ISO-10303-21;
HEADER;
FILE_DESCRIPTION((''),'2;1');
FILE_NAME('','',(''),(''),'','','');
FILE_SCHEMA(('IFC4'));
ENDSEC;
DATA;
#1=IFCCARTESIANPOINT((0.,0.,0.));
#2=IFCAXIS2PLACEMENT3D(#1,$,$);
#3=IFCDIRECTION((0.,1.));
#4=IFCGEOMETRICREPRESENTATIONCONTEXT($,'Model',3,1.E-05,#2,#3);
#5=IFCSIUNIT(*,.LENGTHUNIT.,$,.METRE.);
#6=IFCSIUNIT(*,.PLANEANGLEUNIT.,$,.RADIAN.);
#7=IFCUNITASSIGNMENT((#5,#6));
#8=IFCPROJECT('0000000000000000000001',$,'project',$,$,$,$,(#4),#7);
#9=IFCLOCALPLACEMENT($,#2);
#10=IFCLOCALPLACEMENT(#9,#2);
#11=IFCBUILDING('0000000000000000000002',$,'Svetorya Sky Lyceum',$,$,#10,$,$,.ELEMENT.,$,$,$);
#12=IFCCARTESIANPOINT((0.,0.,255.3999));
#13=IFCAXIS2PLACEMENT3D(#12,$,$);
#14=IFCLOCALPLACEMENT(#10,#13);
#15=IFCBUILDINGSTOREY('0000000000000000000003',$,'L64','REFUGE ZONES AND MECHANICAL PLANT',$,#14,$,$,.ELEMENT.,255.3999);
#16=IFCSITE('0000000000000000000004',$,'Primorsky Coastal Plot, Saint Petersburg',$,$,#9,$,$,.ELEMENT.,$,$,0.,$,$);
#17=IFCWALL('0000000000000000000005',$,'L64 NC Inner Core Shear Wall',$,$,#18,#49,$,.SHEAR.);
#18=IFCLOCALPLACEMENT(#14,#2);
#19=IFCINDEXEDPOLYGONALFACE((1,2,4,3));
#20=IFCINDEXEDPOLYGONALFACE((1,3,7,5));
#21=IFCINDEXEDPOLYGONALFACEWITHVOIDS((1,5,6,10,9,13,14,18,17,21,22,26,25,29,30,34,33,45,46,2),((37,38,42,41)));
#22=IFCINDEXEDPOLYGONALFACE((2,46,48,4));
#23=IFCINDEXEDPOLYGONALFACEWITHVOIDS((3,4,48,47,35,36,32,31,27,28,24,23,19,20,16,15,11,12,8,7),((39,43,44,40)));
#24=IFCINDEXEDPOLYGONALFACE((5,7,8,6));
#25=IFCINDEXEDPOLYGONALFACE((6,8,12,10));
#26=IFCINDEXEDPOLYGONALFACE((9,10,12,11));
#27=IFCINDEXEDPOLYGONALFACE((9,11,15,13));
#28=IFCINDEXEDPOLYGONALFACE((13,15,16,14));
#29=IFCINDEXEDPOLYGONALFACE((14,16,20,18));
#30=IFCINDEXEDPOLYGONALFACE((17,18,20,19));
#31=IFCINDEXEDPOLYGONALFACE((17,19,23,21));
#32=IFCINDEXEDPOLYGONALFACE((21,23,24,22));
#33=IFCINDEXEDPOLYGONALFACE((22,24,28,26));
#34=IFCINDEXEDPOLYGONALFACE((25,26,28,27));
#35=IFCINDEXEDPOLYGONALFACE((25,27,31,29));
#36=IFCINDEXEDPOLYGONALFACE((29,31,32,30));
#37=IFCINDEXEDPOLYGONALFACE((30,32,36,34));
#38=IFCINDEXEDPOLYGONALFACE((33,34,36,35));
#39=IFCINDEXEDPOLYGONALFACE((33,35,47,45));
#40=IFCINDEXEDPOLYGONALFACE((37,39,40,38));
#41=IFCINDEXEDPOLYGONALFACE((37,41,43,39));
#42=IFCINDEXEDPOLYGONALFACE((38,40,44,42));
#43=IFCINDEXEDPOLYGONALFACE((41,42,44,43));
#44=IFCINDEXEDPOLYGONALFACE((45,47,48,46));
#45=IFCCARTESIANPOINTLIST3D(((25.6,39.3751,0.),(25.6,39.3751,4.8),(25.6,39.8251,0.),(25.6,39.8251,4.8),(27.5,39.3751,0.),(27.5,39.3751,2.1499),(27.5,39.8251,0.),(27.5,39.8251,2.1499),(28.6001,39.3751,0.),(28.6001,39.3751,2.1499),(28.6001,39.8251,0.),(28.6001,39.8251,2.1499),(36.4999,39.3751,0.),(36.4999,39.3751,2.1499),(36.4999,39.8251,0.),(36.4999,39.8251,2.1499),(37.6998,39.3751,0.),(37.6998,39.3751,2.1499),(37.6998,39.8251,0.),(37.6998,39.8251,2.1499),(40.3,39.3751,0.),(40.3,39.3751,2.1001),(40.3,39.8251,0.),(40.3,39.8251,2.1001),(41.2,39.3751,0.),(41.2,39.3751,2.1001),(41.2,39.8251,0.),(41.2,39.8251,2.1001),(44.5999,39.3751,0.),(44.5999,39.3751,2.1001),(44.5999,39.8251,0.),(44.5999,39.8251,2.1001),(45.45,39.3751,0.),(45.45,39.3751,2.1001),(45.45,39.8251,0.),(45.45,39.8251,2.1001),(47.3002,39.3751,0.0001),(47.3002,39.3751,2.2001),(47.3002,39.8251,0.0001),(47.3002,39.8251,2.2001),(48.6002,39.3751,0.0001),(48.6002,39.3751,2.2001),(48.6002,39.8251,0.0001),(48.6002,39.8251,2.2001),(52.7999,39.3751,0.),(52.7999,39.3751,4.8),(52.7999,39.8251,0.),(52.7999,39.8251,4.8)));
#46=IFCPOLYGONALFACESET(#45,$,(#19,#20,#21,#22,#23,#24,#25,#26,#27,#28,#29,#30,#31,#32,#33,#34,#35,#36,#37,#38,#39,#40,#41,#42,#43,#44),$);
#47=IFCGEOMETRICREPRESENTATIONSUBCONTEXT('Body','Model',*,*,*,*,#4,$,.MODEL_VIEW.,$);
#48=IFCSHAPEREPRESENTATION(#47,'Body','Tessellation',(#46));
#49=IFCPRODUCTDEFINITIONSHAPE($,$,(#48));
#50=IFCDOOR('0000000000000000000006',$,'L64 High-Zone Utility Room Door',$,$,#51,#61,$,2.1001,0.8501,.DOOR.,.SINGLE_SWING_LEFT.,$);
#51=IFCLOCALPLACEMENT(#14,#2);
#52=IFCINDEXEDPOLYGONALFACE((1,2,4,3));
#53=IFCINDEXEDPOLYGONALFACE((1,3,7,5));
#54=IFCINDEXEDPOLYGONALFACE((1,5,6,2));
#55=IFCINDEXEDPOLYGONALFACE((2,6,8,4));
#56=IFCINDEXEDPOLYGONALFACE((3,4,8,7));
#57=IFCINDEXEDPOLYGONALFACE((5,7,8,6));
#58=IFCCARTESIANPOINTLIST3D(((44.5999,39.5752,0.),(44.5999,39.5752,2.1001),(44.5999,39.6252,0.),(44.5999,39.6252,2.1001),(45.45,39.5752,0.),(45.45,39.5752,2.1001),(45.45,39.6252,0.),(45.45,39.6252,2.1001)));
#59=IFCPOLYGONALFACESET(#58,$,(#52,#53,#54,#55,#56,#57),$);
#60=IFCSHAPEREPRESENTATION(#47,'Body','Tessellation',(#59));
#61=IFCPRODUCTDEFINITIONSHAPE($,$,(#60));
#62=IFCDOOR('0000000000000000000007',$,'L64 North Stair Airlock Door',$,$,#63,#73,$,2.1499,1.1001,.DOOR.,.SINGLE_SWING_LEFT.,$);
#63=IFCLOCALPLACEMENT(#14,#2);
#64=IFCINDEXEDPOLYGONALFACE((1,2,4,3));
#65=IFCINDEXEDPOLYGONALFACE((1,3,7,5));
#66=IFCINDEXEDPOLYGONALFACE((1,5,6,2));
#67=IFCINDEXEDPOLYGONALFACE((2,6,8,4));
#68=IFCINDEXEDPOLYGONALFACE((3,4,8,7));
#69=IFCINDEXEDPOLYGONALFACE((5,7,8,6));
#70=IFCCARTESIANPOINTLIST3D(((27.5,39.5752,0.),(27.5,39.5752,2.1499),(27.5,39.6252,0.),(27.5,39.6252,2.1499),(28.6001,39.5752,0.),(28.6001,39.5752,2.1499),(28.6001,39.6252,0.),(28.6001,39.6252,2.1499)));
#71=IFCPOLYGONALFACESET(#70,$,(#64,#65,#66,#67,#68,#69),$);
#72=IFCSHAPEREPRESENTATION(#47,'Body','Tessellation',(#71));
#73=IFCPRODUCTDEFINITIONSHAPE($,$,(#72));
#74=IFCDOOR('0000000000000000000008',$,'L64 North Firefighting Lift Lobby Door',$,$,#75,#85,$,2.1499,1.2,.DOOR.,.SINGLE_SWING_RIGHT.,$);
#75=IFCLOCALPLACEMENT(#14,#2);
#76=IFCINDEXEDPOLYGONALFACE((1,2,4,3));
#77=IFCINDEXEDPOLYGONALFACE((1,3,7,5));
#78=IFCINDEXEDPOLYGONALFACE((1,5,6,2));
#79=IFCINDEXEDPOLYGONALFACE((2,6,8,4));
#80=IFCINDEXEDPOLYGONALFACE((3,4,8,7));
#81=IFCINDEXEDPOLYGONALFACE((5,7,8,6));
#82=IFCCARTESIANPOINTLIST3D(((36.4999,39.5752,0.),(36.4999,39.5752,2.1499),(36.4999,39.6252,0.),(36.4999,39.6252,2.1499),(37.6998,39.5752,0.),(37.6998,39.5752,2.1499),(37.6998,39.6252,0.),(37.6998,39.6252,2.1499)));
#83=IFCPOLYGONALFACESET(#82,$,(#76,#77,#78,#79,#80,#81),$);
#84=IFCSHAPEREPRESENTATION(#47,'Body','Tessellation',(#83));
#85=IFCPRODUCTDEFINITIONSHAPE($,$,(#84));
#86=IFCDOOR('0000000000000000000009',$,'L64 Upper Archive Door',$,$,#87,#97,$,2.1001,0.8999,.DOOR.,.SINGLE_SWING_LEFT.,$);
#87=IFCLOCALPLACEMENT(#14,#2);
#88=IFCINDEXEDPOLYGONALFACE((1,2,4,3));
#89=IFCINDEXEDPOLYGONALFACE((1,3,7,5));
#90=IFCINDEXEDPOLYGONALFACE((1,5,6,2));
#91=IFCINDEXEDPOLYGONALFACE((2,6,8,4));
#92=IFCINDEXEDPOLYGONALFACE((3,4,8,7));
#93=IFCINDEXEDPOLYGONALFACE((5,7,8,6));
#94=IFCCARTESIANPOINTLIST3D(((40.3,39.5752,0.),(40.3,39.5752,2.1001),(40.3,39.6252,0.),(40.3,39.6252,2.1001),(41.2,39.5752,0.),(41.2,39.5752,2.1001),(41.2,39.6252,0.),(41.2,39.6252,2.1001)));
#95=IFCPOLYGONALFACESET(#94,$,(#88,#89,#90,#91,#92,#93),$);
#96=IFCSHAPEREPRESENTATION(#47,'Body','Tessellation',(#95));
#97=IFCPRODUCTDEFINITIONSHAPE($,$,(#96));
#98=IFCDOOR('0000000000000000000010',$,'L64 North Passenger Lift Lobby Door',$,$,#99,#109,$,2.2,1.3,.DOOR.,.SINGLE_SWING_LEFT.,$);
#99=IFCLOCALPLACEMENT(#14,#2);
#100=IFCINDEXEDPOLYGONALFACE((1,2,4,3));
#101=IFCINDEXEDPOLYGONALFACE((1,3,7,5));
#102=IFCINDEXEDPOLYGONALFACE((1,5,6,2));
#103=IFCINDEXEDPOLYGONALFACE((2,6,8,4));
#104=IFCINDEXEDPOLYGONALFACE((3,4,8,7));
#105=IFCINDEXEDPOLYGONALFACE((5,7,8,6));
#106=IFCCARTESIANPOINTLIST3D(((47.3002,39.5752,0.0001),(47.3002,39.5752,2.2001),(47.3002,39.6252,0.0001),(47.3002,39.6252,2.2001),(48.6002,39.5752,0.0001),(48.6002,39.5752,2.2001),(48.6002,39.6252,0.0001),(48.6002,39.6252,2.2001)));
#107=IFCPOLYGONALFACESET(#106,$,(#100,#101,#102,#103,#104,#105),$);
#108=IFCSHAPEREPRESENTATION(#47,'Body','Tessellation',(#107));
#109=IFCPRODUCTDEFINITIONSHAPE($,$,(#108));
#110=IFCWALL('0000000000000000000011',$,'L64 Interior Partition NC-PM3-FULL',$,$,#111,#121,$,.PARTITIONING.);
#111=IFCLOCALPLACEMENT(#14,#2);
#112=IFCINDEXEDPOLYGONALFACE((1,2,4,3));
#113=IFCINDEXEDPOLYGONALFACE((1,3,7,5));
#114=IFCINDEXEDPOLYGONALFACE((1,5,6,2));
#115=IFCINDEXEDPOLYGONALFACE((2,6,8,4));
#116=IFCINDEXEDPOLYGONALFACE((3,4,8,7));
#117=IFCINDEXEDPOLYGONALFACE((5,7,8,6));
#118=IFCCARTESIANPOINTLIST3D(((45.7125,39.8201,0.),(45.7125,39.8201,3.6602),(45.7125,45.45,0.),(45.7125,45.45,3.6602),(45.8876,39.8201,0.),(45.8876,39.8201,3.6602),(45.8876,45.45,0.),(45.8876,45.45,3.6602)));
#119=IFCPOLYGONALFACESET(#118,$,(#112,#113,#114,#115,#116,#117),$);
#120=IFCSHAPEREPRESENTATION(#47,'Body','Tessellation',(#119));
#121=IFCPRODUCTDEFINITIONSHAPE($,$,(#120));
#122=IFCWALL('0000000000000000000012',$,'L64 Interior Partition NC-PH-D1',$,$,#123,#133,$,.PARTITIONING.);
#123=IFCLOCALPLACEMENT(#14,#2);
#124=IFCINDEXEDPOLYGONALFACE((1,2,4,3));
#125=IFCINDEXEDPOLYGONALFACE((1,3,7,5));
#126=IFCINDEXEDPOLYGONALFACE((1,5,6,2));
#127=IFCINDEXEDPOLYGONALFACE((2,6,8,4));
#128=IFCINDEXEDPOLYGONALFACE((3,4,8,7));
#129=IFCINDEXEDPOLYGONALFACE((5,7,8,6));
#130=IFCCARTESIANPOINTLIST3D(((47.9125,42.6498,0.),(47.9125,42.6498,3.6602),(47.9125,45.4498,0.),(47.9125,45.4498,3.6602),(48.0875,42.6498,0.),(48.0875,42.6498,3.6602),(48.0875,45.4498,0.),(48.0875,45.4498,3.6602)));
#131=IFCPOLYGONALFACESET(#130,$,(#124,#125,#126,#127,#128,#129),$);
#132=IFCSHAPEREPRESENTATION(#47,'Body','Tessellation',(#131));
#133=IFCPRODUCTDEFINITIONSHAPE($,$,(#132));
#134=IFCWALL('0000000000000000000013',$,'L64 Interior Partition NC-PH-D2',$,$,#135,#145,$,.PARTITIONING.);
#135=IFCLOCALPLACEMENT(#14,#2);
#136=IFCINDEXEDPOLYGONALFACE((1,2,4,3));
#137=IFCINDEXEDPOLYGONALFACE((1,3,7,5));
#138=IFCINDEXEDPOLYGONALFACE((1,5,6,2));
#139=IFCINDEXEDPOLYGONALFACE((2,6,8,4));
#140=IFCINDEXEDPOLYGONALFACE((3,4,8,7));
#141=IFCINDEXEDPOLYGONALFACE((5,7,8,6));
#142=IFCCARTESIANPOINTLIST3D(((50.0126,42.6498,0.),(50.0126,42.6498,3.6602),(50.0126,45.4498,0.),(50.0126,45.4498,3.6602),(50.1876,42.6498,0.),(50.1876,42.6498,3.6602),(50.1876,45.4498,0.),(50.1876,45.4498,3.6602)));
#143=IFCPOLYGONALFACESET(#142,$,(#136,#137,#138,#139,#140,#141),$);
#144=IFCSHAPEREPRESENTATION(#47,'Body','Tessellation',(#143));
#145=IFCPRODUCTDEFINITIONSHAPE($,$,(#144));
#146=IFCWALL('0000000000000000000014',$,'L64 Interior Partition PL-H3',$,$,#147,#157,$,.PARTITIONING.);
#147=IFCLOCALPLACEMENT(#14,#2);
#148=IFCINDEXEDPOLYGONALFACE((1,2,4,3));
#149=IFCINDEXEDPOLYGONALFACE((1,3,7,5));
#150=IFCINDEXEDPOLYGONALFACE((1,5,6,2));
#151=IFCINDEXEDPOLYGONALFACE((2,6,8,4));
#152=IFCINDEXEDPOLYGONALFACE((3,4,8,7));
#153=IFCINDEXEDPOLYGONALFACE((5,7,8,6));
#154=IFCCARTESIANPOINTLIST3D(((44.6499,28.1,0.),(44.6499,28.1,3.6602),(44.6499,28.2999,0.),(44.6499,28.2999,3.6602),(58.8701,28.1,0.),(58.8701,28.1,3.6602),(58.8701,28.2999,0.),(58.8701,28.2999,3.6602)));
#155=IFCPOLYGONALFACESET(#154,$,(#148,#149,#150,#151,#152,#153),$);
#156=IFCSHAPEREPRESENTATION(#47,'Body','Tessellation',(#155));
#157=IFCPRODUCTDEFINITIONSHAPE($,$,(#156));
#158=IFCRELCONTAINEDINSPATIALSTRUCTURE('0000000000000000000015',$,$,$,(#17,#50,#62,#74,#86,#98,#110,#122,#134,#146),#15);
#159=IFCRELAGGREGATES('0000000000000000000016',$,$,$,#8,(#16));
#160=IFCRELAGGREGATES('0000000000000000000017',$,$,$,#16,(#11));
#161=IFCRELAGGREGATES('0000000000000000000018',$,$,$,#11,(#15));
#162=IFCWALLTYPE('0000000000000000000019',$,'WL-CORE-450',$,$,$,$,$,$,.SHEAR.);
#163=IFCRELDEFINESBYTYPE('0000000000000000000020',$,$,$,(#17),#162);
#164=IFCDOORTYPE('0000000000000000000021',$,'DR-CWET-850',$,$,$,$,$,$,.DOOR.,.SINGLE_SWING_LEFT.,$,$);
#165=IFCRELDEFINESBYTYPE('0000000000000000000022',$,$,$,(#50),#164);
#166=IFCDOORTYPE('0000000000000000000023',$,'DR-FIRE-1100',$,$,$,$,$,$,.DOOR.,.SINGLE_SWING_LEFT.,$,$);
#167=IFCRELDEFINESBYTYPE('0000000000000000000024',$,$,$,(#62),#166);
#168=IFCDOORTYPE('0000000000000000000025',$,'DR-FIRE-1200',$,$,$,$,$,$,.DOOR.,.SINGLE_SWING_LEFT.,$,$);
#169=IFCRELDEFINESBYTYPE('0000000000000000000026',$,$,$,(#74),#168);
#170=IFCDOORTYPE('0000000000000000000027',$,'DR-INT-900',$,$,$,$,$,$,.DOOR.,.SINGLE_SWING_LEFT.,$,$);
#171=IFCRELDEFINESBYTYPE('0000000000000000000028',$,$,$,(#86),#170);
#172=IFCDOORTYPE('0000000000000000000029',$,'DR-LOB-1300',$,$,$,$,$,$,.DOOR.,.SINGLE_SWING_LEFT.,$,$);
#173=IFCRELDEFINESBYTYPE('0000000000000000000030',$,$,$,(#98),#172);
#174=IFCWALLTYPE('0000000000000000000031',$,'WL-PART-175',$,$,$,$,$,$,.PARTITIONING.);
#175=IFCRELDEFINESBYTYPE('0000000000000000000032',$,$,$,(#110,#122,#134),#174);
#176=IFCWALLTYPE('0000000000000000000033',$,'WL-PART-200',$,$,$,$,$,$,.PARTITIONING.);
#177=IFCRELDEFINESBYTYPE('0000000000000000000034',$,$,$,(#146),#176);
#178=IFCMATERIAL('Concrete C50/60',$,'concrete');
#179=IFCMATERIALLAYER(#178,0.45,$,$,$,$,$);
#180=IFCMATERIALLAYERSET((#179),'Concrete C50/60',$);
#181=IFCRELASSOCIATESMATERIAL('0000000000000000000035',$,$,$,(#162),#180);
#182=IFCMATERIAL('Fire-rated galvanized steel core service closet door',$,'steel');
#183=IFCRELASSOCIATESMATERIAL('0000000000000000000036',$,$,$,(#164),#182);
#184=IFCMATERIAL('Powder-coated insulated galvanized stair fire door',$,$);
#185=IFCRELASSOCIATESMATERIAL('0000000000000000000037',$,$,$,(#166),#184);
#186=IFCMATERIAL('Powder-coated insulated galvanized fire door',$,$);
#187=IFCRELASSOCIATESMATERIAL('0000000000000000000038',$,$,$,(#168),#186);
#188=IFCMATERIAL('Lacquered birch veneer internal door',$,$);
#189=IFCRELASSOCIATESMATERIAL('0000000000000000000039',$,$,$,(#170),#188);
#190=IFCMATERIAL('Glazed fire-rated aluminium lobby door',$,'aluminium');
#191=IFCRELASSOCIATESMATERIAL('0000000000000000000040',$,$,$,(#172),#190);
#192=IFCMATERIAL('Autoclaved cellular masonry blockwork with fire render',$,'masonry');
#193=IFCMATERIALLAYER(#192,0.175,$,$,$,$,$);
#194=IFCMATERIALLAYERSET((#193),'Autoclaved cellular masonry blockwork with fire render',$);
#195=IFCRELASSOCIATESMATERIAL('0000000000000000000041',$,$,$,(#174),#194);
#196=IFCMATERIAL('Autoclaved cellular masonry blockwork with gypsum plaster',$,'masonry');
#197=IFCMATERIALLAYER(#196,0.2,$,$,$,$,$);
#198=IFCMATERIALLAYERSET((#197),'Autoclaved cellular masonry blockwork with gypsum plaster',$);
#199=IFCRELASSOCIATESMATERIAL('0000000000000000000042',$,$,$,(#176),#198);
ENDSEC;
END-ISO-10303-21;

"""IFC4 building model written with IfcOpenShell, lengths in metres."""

from ifc_helpers import new_model, si_unit, direction, frame, frame_2d, origin, place, context, subcontext, project, spatial, rectangle, extrude, material, layer, layer_set, type_object, element, fill, save


model = new_model("IFC4")

# Units and contexts
model_context = context("Model", 3, precision=1e-05, world=origin(), true_north=direction((0.0, 1.0)))
body_context = subcontext(model_context, "Body", "Model", "MODEL_VIEW")
ifc_project = project(units=[si_unit("LENGTHUNIT", "METRE"), si_unit("PLANEANGLEUNIT", "RADIAN")], contexts=[model_context])

# Site, building, storey
site_placement = place(None, origin())
site = spatial("IfcSite", under=ifc_project, at=site_placement, Name="Primorsky Coastal Plot, Saint Petersburg", CompositionType="ELEMENT", RefElevation=0.0)
building_placement = place(site_placement, origin())
building = spatial("IfcBuilding", under=site, at=building_placement, Name="Svetorya Sky Lyceum", CompositionType="ELEMENT")
storey_placement = place(building_placement, frame((0.0, 0.0, 255.3999)))
storey = spatial("IfcBuildingStorey", under=building, at=storey_placement, Name="L64", Description="REFUGE ZONES AND MECHANICAL PLANT", CompositionType="ELEMENT", Elevation=255.3999)

# Shared definitions
ifc_material_1 = material(Name="Concrete C50/60", Category="concrete")

# Wall, openings, doors
ifc_layer_1 = layer(ifc_material_1, 0.45)
ifc_layer_set_1 = layer_set([ifc_layer_1], Name="Concrete C50/60")
wall_type_1 = type_object("IfcWallType", Name="WL-CORE-450", PredefinedType="SHEAR", material=ifc_layer_set_1)
wall_1_placement = place(storey_placement, frame((52.8, 39.6001, 0.0), z_axis=(0.0, 0.0, 1.0), x_axis=(-1.0, 0.0, 0.0)))
wall_1 = element("IfcWall", 1, at=wall_1_placement, inside=storey, type_object=wall_type_1, Name="L64 NC Inner Core Shear Wall", PredefinedType="SHEAR", context=body_context, shape_type="SweptSolid", body=[
    extrude(rectangle(XDim=27.2, YDim=0.45, at=frame_2d((13.6001, 0.0))), origin(), (0.0, 0.0, 1.0), 4.8),
])
opening_1_placement = place(wall_1_placement, frame((24.2, 0.0, 0.0)))
opening_1 = element("IfcOpeningElement", 2, at=opening_1_placement, cuts=wall_1, PredefinedType="OPENING", context=body_context, shape_type="SweptSolid", body=[
    extrude(rectangle(XDim=1.1001, YDim=2.1499, at=frame_2d((0.55, 1.075))), frame((0.0, 0.2349, 0.0), z_axis=(0.0, -1.0, 0.0), x_axis=(1.0, 0.0, 0.0)), (0.0, 0.0, 1.0), 0.47),
])
opening_2_placement = place(wall_1_placement, frame((15.1001, 0.0, 0.0)))
opening_2 = element("IfcOpeningElement", 3, at=opening_2_placement, cuts=wall_1, PredefinedType="OPENING", context=body_context, shape_type="SweptSolid", body=[
    extrude(rectangle(XDim=1.2, YDim=2.1499, at=frame_2d((0.6001, 1.075))), frame((0.0, 0.2349, 0.0), z_axis=(0.0, -1.0, 0.0), x_axis=(1.0, 0.0, 0.0)), (0.0, 0.0, 1.0), 0.47),
])
opening_3_placement = place(wall_1_placement, frame((11.6001, 0.0, 0.0)))
opening_3 = element("IfcOpeningElement", 4, at=opening_3_placement, cuts=wall_1, PredefinedType="OPENING", context=body_context, shape_type="SweptSolid", body=[
    extrude(rectangle(XDim=0.8999, YDim=2.1001, at=frame_2d((0.45, 1.05))), frame((0.0, 0.2349, 0.0), z_axis=(0.0, -1.0, 0.0), x_axis=(1.0, 0.0, 0.0)), (0.0, 0.0, 1.0), 0.47),
])
opening_4_placement = place(wall_1_placement, frame((7.3501, 0.0, 0.0)))
opening_4 = element("IfcOpeningElement", 5, at=opening_4_placement, cuts=wall_1, PredefinedType="OPENING", context=body_context, shape_type="SweptSolid", body=[
    extrude(rectangle(XDim=0.8501, YDim=2.1001, at=frame_2d((0.425, 1.05))), frame((0.0, 0.2349, 0.0), z_axis=(0.0, -1.0, 0.0), x_axis=(1.0, 0.0, 0.0)), (0.0, 0.0, 1.0), 0.47),
])
opening_5_placement = place(wall_1_placement, frame((4.2, 0.0, 0.0)))
opening_5 = element("IfcOpeningElement", 6, at=opening_5_placement, cuts=wall_1, PredefinedType="OPENING", context=body_context, shape_type="SweptSolid", body=[
    extrude(rectangle(XDim=1.3, YDim=2.2, at=frame_2d((0.6499, 1.1001))), frame((0.0, 0.2349, 0.0), z_axis=(0.0, -1.0, 0.0), x_axis=(1.0, 0.0, 0.0)), (0.0, 0.0, 1.0), 0.47),
])
ifc_material_2 = material(Name="Fire-rated galvanized steel core service closet door", Category="steel")
door_type_1 = type_object("IfcDoorType", Name="DR-CWET-850", OperationType="SINGLE_SWING_LEFT", PredefinedType="DOOR", material=ifc_material_2)
door_1_placement = place(opening_4_placement, origin())
door_1 = element("IfcDoor", 7, at=door_1_placement, inside=storey, type_object=door_type_1, Name="L64 High-Zone Utility Room Door", OperationType="SINGLE_SWING_LEFT", OverallHeight=2.1001, OverallWidth=0.8501, PredefinedType="DOOR", context=body_context, shape_type="SweptSolid", body=[
    extrude(rectangle(XDim=0.8501, YDim=2.1001, at=frame_2d((0.425, 1.05))), frame((0.0, 0.0249, 0.0), z_axis=(0.0, -1.0, 0.0), x_axis=(1.0, 0.0, 0.0)), (0.0, 0.0, 1.0), 0.05),
])
fill(opening_4, door_1)
ifc_material_3 = material(Name="Powder-coated insulated galvanized stair fire door")
door_type_2 = type_object("IfcDoorType", Name="DR-FIRE-1100", OperationType="SINGLE_SWING_LEFT", PredefinedType="DOOR", material=ifc_material_3)
door_2_placement = place(opening_1_placement, origin())
door_2 = element("IfcDoor", 8, at=door_2_placement, inside=storey, type_object=door_type_2, Name="L64 North Stair Airlock Door", OperationType="SINGLE_SWING_LEFT", OverallHeight=2.1499, OverallWidth=1.1001, PredefinedType="DOOR", context=body_context, shape_type="SweptSolid", body=[
    extrude(rectangle(XDim=1.1001, YDim=2.1499, at=frame_2d((0.55, 1.075))), frame((0.0, 0.0249, 0.0), z_axis=(0.0, -1.0, 0.0), x_axis=(1.0, 0.0, 0.0)), (0.0, 0.0, 1.0), 0.05),
])
fill(opening_1, door_2)
ifc_material_4 = material(Name="Powder-coated insulated galvanized fire door")
door_type_3 = type_object("IfcDoorType", Name="DR-FIRE-1200", OperationType="SINGLE_SWING_LEFT", PredefinedType="DOOR", material=ifc_material_4)
door_3_placement = place(opening_2_placement, origin())
door_3 = element("IfcDoor", 9, at=door_3_placement, inside=storey, type_object=door_type_3, Name="L64 North Firefighting Lift Lobby Door", OperationType="SINGLE_SWING_RIGHT", OverallHeight=2.1499, OverallWidth=1.2, PredefinedType="DOOR", context=body_context, shape_type="SweptSolid", body=[
    extrude(rectangle(XDim=1.2, YDim=2.1499, at=frame_2d((0.6001, 1.075))), frame((0.0, 0.0249, 0.0), z_axis=(0.0, -1.0, 0.0), x_axis=(1.0, 0.0, 0.0)), (0.0, 0.0, 1.0), 0.05),
])
fill(opening_2, door_3)
ifc_material_5 = material(Name="Lacquered birch veneer internal door")
door_type_4 = type_object("IfcDoorType", Name="DR-INT-900", OperationType="SINGLE_SWING_LEFT", PredefinedType="DOOR", material=ifc_material_5)
door_4_placement = place(opening_3_placement, origin())
door_4 = element("IfcDoor", 10, at=door_4_placement, inside=storey, type_object=door_type_4, Name="L64 Upper Archive Door", OperationType="SINGLE_SWING_LEFT", OverallHeight=2.1001, OverallWidth=0.8999, PredefinedType="DOOR", context=body_context, shape_type="SweptSolid", body=[
    extrude(rectangle(XDim=0.8999, YDim=2.1001, at=frame_2d((0.45, 1.05))), frame((0.0, 0.0249, 0.0), z_axis=(0.0, -1.0, 0.0), x_axis=(1.0, 0.0, 0.0)), (0.0, 0.0, 1.0), 0.05),
])
fill(opening_3, door_4)
ifc_material_6 = material(Name="Glazed fire-rated aluminium lobby door", Category="aluminium")
door_type_5 = type_object("IfcDoorType", Name="DR-LOB-1300", OperationType="SINGLE_SWING_LEFT", PredefinedType="DOOR", material=ifc_material_6)
door_5_placement = place(opening_5_placement, origin())
door_5 = element("IfcDoor", 11, at=door_5_placement, inside=storey, type_object=door_type_5, Name="L64 North Passenger Lift Lobby Door", OperationType="SINGLE_SWING_LEFT", OverallHeight=2.2, OverallWidth=1.3, PredefinedType="DOOR", context=body_context, shape_type="SweptSolid", body=[
    extrude(rectangle(XDim=1.3, YDim=2.2, at=frame_2d((0.6499, 1.1001))), frame((0.0, 0.0249, 0.0), z_axis=(0.0, -1.0, 0.0), x_axis=(1.0, 0.0, 0.0)), (0.0, 0.0, 1.0), 0.05),
])
fill(opening_5, door_5)

# Walls
ifc_material_7 = material(Name="Autoclaved cellular masonry blockwork with fire render", Category="masonry")
ifc_layer_2 = layer(ifc_material_7, 0.175)
ifc_layer_set_2 = layer_set([ifc_layer_2], Name="Autoclaved cellular masonry blockwork with fire render")
wall_type_2 = type_object("IfcWallType", Name="WL-PART-175", PredefinedType="PARTITIONING", material=ifc_layer_set_2)
wall_2_placement = place(storey_placement, frame((45.8, 39.8201, 0.0), z_axis=(0.0, 0.0, 1.0), x_axis=(0.0, 1.0, 0.0)))
element("IfcWall", 12, at=wall_2_placement, inside=storey, type_object=wall_type_2, Name="L64 Interior Partition NC-PM3-FULL", PredefinedType="PARTITIONING", context=body_context, shape_type="SweptSolid", body=[
    extrude(rectangle(XDim=5.6299, YDim=0.175, at=frame_2d((2.8149, 0.0))), origin(), (0.0, 0.0, 1.0), 3.6602),
])
for number, where, z_axis, x_axis, name in (
    (13, (48.0, 42.6499, 0.0), (0.0, 0.0, 1.0), (0.0, 1.0, 0.0), "L64 Interior Partition NC-PH-D1"),
    (14, (50.1001, 42.6499, 0.0), (0.0, 0.0, 1.0), (0.0, 1.0, 0.0), "L64 Interior Partition NC-PH-D2"),
):
    element("IfcWall", number, at=place(storey_placement, frame(where, z_axis=z_axis, x_axis=x_axis)), inside=storey, type_object=wall_type_2, Name=name, PredefinedType="PARTITIONING", context=body_context, shape_type="SweptSolid", body=[
        extrude(rectangle(XDim=2.8, YDim=0.175, at=frame_2d((1.3999, 0.0))), origin(), (0.0, 0.0, 1.0), 3.6602),
    ])

# Shared definitions
ifc_material_8 = material(Name="Autoclaved cellular masonry blockwork with gypsum plaster", Category="masonry")
ifc_layer_3 = layer(ifc_material_8, 0.2)
ifc_layer_set_3 = layer_set([ifc_layer_3], Name="Autoclaved cellular masonry blockwork with gypsum plaster")
wall_type_3 = type_object("IfcWallType", Name="WL-PART-200", PredefinedType="PARTITIONING", material=ifc_layer_set_3)

# Wall
wall_3_placement = place(storey_placement, frame((44.6499, 28.2, 0.0), z_axis=(0.0, 0.0, 1.0), x_axis=(1.0, 0.0, 0.0)))
element("IfcWall", 15, at=wall_3_placement, inside=storey, type_object=wall_type_3, Name="L64 Interior Partition PL-H3", PredefinedType="PARTITIONING", context=body_context, shape_type="SweptSolid", body=[
    extrude(rectangle(XDim=14.2202, YDim=0.2, at=frame_2d((7.1101, 0.0))), origin(), (0.0, 0.0, 1.0), 3.6602),
])

save(model, "model.ifc")
